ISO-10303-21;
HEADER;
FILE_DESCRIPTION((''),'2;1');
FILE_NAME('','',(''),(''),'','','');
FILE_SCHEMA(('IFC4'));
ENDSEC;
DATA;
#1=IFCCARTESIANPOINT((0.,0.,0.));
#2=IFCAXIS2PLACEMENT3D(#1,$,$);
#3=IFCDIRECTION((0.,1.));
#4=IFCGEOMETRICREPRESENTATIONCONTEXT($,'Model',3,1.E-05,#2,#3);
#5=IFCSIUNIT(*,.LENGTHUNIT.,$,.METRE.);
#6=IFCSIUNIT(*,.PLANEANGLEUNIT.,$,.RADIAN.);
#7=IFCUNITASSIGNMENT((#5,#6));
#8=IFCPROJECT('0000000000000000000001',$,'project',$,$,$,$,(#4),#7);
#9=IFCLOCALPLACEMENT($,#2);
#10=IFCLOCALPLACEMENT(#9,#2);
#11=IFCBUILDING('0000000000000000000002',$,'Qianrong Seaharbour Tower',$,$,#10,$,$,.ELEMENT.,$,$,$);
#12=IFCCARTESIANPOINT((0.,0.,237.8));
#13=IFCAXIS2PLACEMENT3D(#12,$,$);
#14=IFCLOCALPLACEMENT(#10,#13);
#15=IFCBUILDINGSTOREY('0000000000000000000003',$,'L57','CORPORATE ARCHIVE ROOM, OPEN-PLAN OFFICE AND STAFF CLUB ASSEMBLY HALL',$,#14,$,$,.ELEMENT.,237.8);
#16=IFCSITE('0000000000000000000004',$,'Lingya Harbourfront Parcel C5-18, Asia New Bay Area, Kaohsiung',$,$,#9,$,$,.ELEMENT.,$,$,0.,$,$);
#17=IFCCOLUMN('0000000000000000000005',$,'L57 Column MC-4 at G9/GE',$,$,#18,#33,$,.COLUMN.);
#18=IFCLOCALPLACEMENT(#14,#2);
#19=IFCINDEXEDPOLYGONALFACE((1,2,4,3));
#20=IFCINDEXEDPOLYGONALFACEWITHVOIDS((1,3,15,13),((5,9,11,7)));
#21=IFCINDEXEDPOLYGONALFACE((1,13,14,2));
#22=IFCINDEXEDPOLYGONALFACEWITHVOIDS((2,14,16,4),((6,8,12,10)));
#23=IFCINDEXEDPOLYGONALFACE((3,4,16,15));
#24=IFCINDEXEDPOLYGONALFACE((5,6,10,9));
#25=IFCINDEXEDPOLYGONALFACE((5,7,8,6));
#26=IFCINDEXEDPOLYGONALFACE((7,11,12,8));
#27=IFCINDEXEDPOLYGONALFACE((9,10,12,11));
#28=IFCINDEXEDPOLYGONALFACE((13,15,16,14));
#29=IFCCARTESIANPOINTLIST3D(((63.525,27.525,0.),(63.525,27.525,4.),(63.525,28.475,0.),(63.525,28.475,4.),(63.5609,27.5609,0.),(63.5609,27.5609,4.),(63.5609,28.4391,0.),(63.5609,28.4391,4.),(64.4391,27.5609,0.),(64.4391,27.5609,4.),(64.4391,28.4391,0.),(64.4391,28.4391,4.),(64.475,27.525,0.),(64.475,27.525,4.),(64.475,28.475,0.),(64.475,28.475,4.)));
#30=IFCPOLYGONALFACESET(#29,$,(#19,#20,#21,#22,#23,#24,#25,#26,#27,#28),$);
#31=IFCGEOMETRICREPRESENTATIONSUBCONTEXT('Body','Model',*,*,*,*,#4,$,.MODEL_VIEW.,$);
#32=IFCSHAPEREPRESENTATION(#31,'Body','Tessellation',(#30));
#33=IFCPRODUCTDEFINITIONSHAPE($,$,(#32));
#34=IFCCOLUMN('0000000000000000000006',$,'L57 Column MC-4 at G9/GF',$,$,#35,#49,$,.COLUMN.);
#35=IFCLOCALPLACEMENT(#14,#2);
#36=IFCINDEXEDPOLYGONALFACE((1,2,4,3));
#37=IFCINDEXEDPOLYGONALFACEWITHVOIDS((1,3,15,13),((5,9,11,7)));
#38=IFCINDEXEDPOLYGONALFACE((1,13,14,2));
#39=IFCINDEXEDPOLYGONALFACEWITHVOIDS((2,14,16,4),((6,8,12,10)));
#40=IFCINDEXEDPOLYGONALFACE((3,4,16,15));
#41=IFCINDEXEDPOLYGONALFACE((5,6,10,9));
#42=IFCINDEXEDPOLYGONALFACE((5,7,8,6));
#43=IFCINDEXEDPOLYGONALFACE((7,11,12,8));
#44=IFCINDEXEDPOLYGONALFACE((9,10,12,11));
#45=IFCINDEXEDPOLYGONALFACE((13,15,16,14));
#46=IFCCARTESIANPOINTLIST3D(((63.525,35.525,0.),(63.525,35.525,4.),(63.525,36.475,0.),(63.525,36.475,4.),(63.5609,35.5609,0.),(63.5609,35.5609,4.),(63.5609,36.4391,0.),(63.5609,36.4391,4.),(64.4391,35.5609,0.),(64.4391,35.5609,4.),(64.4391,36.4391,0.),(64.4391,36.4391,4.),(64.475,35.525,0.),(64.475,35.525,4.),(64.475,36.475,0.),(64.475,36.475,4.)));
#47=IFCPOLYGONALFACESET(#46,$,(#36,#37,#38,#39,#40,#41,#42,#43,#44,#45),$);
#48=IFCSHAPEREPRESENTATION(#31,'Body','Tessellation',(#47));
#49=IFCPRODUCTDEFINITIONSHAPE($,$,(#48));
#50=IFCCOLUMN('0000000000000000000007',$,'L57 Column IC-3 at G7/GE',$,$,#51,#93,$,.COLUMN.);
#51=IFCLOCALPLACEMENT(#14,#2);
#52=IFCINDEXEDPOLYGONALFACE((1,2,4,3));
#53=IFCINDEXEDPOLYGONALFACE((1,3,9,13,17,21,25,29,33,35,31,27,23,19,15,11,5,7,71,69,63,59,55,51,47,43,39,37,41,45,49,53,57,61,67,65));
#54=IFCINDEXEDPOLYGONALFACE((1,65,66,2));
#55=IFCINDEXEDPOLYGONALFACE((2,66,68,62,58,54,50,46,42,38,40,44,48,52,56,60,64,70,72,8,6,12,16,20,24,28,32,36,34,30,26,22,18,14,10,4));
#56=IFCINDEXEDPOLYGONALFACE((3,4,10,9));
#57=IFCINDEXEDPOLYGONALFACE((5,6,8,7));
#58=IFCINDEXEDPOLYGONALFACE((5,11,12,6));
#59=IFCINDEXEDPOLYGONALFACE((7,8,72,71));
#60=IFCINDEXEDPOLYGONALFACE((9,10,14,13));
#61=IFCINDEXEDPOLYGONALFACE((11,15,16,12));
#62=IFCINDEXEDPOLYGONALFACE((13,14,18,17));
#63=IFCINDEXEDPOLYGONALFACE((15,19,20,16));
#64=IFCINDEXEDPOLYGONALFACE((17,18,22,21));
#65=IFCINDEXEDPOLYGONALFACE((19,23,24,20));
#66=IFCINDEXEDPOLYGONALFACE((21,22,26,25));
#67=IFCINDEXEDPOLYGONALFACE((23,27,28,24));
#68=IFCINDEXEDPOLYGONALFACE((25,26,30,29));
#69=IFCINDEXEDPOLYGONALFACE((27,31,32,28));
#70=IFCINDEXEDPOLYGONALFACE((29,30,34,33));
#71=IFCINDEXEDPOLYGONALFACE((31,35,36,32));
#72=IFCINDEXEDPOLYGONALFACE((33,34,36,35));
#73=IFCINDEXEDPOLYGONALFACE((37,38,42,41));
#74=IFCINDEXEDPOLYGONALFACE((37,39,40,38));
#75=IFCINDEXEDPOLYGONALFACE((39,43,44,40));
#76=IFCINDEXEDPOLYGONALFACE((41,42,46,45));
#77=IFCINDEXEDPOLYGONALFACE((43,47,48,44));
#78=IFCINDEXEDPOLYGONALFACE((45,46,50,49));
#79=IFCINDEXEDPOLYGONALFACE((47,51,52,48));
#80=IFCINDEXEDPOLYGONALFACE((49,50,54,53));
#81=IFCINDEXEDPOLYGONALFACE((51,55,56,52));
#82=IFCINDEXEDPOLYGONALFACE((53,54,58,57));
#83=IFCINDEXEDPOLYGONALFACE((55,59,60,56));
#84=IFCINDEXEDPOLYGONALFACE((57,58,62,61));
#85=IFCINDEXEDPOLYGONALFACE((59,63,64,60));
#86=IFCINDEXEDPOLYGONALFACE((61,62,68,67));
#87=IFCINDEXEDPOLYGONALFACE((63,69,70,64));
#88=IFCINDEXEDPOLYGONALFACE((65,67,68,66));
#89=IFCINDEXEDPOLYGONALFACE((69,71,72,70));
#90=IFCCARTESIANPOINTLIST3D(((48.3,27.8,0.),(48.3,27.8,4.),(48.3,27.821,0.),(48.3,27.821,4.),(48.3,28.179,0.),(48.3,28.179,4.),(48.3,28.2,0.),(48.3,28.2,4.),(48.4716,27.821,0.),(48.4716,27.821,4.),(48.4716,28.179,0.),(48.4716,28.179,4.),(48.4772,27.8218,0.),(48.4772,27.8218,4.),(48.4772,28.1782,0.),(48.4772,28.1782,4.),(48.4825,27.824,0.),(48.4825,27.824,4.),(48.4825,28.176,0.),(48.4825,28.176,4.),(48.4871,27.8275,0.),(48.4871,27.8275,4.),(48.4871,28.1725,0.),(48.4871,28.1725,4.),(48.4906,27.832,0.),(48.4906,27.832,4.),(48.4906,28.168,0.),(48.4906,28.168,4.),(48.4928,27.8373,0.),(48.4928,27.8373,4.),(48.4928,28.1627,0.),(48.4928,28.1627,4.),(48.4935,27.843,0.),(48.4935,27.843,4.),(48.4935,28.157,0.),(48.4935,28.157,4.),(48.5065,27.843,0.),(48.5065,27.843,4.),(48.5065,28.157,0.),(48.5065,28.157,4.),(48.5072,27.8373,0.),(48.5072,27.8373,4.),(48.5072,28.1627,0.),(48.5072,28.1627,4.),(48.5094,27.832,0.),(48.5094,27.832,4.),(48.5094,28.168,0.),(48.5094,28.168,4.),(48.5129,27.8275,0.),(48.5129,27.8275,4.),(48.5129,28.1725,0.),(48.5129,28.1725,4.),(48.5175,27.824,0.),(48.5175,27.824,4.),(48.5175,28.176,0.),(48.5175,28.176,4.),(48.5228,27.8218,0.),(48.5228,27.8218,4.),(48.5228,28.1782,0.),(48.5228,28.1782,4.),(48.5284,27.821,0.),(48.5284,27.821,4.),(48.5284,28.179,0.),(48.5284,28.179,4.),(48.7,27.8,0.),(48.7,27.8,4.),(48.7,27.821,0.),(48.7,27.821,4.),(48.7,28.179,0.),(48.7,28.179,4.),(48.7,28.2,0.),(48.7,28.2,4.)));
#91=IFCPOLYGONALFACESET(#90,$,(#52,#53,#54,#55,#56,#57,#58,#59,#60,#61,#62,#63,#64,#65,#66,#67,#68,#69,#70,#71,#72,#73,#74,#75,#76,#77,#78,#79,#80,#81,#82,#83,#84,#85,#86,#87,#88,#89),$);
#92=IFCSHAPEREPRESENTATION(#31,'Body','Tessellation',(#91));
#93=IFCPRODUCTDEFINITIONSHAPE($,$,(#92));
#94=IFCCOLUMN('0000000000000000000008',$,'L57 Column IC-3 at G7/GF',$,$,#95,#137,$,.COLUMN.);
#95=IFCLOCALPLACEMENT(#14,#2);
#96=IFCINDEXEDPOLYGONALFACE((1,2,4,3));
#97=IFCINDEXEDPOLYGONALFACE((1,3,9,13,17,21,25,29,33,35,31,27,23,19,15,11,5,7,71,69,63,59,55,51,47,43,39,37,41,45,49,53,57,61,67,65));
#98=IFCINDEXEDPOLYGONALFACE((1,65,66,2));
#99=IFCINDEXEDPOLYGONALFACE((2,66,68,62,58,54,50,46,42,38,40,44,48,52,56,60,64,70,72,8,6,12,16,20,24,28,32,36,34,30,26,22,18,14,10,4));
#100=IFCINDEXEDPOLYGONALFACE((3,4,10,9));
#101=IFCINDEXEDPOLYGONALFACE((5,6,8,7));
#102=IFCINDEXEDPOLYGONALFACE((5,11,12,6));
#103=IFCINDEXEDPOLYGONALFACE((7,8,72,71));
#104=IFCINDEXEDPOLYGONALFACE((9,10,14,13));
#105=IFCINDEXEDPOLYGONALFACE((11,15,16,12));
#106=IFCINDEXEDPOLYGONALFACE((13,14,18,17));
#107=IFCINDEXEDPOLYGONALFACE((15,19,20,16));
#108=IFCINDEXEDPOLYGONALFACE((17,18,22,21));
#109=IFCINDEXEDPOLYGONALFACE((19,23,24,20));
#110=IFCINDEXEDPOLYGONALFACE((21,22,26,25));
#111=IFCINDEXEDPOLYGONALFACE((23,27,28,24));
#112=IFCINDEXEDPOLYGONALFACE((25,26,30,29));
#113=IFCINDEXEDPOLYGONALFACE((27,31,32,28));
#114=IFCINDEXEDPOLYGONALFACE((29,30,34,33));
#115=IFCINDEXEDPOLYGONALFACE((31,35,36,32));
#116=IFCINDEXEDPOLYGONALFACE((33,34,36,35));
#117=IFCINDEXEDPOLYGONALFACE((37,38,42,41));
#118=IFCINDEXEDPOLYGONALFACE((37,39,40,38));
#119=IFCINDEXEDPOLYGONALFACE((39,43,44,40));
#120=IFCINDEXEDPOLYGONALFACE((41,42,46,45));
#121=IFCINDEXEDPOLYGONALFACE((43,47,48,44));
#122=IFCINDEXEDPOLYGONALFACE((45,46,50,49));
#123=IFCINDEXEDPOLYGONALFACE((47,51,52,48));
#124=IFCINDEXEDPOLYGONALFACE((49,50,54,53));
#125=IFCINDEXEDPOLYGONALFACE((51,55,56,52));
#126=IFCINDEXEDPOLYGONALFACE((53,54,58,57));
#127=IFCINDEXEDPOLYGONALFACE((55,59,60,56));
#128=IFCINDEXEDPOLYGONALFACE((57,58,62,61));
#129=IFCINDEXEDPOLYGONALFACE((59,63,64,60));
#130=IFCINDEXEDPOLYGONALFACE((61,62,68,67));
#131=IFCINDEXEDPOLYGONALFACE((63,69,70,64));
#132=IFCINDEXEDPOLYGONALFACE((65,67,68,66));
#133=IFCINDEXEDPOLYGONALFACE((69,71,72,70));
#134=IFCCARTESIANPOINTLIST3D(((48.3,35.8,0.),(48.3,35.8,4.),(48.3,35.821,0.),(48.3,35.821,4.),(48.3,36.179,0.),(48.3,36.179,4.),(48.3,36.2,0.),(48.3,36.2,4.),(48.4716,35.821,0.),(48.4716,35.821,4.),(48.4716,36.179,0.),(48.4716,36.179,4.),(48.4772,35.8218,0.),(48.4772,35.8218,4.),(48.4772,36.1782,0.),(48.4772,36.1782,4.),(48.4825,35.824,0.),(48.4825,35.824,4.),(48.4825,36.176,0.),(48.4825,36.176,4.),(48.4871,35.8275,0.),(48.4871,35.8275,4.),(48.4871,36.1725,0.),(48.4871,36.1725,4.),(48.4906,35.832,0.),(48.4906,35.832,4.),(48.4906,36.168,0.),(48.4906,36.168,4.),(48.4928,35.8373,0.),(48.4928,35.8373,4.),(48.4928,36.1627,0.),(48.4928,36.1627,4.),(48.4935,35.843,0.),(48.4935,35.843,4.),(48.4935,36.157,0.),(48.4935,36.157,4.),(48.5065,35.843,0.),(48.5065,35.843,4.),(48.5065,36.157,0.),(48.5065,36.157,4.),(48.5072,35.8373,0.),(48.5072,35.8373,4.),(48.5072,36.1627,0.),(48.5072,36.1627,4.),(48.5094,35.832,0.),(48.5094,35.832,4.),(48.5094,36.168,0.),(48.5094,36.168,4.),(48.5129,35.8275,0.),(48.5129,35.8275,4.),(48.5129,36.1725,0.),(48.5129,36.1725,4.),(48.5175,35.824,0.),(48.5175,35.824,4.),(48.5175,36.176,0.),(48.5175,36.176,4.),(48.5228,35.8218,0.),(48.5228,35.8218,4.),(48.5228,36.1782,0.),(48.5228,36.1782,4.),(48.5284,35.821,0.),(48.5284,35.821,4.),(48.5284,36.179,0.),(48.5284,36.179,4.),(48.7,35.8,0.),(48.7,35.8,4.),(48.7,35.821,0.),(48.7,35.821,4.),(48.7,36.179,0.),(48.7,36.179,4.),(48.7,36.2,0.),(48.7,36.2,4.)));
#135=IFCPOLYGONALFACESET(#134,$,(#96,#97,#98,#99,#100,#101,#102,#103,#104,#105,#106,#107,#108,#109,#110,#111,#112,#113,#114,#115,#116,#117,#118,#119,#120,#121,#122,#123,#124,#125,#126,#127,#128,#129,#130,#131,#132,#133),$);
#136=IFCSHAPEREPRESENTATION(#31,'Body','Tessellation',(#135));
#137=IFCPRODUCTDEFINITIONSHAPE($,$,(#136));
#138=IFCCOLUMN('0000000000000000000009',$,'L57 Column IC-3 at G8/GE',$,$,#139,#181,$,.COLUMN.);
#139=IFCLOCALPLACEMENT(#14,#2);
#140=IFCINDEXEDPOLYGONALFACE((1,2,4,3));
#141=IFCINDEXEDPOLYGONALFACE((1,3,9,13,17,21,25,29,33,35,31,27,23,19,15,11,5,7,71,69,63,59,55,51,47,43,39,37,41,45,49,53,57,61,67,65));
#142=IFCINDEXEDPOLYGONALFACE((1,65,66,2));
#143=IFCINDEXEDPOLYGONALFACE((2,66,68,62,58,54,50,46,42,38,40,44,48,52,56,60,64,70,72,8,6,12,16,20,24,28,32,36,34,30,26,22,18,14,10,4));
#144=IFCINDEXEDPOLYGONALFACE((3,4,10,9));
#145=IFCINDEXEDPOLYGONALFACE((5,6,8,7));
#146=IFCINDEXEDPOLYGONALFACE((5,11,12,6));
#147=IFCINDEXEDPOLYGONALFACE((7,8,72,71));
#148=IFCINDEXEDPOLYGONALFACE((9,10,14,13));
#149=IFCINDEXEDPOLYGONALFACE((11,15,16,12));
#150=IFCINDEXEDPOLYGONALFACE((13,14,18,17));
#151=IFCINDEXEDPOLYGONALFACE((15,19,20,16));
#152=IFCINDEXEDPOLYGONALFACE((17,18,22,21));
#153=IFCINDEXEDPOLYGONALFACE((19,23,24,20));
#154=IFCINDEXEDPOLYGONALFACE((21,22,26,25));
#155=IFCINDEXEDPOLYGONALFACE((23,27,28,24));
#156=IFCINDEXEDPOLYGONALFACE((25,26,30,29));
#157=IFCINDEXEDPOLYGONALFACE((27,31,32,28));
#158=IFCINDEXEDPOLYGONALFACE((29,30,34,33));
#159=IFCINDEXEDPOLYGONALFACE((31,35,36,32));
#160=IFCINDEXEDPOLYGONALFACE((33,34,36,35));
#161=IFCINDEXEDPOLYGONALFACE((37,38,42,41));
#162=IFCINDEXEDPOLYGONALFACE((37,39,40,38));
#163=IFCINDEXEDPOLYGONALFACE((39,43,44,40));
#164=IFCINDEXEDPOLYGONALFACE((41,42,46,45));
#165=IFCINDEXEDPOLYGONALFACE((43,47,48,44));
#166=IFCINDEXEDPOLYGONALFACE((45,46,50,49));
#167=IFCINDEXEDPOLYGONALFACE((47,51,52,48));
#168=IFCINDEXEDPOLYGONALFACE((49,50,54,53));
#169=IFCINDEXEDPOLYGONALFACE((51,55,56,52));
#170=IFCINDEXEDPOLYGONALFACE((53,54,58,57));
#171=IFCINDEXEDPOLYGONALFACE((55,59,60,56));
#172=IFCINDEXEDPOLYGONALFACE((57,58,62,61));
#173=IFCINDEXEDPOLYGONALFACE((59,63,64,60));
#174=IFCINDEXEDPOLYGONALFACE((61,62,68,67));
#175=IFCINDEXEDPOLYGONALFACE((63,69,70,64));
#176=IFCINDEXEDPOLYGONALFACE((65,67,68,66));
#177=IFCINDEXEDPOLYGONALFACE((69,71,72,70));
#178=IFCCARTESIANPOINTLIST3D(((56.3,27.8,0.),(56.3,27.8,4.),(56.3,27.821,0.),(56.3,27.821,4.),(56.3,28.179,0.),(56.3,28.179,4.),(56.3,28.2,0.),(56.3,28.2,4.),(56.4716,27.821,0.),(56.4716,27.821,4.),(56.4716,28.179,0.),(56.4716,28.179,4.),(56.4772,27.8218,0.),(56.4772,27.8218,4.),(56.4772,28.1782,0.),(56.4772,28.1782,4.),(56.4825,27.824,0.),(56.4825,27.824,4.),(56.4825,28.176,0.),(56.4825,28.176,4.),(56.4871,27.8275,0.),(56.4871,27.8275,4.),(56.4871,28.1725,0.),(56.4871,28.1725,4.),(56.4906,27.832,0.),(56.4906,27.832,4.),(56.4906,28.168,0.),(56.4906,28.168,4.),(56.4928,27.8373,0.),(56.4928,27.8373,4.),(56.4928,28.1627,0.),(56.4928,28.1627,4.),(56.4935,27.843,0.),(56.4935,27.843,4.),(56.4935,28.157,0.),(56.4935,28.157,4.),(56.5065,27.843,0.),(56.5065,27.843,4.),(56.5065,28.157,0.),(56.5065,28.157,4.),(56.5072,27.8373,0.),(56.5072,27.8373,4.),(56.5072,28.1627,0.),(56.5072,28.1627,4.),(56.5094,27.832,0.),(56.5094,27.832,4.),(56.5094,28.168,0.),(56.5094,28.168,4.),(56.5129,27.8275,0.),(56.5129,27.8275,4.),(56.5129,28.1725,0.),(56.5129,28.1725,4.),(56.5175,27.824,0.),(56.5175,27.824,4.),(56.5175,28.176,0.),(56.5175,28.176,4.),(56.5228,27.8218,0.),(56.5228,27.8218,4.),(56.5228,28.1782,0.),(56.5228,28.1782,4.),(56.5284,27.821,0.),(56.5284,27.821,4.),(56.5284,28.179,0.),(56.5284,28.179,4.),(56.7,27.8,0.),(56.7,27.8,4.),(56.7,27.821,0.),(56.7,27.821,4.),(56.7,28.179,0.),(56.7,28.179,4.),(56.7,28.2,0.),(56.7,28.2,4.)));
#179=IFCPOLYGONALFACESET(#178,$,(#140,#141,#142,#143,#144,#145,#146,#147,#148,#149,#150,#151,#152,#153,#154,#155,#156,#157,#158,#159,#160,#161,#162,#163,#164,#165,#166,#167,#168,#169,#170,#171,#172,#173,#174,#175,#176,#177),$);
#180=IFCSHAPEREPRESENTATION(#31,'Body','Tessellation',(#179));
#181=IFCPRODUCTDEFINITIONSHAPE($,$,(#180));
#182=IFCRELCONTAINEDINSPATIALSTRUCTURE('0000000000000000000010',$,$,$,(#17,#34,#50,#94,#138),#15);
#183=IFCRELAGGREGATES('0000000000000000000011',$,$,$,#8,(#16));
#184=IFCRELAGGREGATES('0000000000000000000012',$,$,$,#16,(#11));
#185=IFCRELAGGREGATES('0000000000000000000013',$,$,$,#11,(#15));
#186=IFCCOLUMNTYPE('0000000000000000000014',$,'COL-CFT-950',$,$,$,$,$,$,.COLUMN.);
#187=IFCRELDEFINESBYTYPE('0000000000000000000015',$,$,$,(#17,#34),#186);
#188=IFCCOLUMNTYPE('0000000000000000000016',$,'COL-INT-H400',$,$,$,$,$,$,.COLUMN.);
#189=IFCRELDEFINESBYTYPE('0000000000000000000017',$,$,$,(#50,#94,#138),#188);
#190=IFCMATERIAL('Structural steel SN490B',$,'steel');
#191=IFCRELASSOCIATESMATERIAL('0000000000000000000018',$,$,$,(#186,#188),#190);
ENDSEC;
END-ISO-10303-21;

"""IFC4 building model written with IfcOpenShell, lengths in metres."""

from ifc_helpers import new_model, si_unit, direction, frame, origin, origin_2d, place, context, subcontext, project, spatial, hollow_rectangle, i_section, extrude, material, material_profile, profile_set, type_object, element, save


model = new_model("IFC4")

# Units and contexts
model_context = context("Model", 3, precision=1e-05, world=origin(), true_north=direction((0.0, 1.0)))
body_context = subcontext(model_context, "Body", "Model", "MODEL_VIEW")
ifc_project = project(units=[si_unit("LENGTHUNIT", "METRE"), si_unit("PLANEANGLEUNIT", "RADIAN")], contexts=[model_context])

# Site, building, storey
site_placement = place(None, origin())
site = spatial("IfcSite", under=ifc_project, at=site_placement, Name="Lingya Harbourfront Parcel C5-18, Asia New Bay Area, Kaohsiung", CompositionType="ELEMENT", RefElevation=0.0)
building_placement = place(site_placement, origin())
building = spatial("IfcBuilding", under=site, at=building_placement, Name="Qianrong Seaharbour Tower", CompositionType="ELEMENT")
storey_placement = place(building_placement, frame((0.0, 0.0, 237.8)))
storey = spatial("IfcBuildingStorey", under=building, at=storey_placement, Name="L57", Description="CORPORATE ARCHIVE ROOM, OPEN-PLAN OFFICE AND STAFF CLUB ASSEMBLY HALL", CompositionType="ELEMENT", Elevation=237.8)

# Columns
ifc_material_1 = material(Name="Structural steel SN490B", Category="steel")
ifc_material_profile_1 = material_profile(ifc_material_1, hollow_rectangle(XDim=0.95, YDim=0.95, WallThickness=0.0359, at=origin_2d()), Name="BOX950x950x36")
ifc_profile_set_1 = profile_set([ifc_material_profile_1], Name="Structural steel SN490B")
column_type_1 = type_object("IfcColumnType", Name="COL-CFT-950", PredefinedType="COLUMN", material=ifc_profile_set_1)
for number, where, z_axis, x_axis, name in (
    (1, (64.0, 28.0, 0.0), (0.0, 0.0, 1.0), (1.0, 0.0, 0.0), "L57 Column MC-4 at G9/GE"),
    (2, (64.0, 36.0, 0.0), (0.0, 0.0, 1.0), (1.0, 0.0, 0.0), "L57 Column MC-4 at G9/GF"),
):
    element("IfcColumn", number, at=place(storey_placement, frame(where, z_axis=z_axis, x_axis=x_axis)), inside=storey, type_object=column_type_1, Name=name, PredefinedType="COLUMN", context=body_context, shape_type="SweptSolid", body=[
        extrude(hollow_rectangle(XDim=0.95, YDim=0.95, WallThickness=0.0359, at=origin_2d()), origin(), (0.0, 0.0, 1.0), 4.0),
    ])
ifc_material_profile_2 = material_profile(ifc_material_1, i_section(OverallWidth=0.3999, OverallDepth=0.3999, WebThickness=0.0129, FlangeThickness=0.021, FilletRadius=0.022, at=origin_2d()), Name="H400x400x13x21")
ifc_profile_set_2 = profile_set([ifc_material_profile_2], Name="Structural steel SN490B")
column_type_2 = type_object("IfcColumnType", Name="COL-INT-H400", PredefinedType="COLUMN", material=ifc_profile_set_2)
for number, where, z_axis, x_axis, name in (
    (3, (48.5, 28.0, 0.0), (0.0, 0.0, 1.0), (1.0, 0.0, 0.0), "L57 Column IC-3 at G7/GE"),
    (4, (48.5, 36.0, 0.0), (0.0, 0.0, 1.0), (1.0, 0.0, 0.0), "L57 Column IC-3 at G7/GF"),
    (5, (56.5, 28.0, 0.0), (0.0, 0.0, 1.0), (1.0, 0.0, 0.0), "L57 Column IC-3 at G8/GE"),
):
    element("IfcColumn", number, at=place(storey_placement, frame(where, z_axis=z_axis, x_axis=x_axis)), inside=storey, type_object=column_type_2, Name=name, PredefinedType="COLUMN", context=body_context, shape_type="SweptSolid", body=[
        extrude(i_section(OverallWidth=0.3999, OverallDepth=0.3999, WebThickness=0.0129, FlangeThickness=0.021, FilletRadius=0.022, at=origin_2d()), origin(), (0.0, 0.0, 1.0), 4.0),
    ])

save(model, "model.ifc")
